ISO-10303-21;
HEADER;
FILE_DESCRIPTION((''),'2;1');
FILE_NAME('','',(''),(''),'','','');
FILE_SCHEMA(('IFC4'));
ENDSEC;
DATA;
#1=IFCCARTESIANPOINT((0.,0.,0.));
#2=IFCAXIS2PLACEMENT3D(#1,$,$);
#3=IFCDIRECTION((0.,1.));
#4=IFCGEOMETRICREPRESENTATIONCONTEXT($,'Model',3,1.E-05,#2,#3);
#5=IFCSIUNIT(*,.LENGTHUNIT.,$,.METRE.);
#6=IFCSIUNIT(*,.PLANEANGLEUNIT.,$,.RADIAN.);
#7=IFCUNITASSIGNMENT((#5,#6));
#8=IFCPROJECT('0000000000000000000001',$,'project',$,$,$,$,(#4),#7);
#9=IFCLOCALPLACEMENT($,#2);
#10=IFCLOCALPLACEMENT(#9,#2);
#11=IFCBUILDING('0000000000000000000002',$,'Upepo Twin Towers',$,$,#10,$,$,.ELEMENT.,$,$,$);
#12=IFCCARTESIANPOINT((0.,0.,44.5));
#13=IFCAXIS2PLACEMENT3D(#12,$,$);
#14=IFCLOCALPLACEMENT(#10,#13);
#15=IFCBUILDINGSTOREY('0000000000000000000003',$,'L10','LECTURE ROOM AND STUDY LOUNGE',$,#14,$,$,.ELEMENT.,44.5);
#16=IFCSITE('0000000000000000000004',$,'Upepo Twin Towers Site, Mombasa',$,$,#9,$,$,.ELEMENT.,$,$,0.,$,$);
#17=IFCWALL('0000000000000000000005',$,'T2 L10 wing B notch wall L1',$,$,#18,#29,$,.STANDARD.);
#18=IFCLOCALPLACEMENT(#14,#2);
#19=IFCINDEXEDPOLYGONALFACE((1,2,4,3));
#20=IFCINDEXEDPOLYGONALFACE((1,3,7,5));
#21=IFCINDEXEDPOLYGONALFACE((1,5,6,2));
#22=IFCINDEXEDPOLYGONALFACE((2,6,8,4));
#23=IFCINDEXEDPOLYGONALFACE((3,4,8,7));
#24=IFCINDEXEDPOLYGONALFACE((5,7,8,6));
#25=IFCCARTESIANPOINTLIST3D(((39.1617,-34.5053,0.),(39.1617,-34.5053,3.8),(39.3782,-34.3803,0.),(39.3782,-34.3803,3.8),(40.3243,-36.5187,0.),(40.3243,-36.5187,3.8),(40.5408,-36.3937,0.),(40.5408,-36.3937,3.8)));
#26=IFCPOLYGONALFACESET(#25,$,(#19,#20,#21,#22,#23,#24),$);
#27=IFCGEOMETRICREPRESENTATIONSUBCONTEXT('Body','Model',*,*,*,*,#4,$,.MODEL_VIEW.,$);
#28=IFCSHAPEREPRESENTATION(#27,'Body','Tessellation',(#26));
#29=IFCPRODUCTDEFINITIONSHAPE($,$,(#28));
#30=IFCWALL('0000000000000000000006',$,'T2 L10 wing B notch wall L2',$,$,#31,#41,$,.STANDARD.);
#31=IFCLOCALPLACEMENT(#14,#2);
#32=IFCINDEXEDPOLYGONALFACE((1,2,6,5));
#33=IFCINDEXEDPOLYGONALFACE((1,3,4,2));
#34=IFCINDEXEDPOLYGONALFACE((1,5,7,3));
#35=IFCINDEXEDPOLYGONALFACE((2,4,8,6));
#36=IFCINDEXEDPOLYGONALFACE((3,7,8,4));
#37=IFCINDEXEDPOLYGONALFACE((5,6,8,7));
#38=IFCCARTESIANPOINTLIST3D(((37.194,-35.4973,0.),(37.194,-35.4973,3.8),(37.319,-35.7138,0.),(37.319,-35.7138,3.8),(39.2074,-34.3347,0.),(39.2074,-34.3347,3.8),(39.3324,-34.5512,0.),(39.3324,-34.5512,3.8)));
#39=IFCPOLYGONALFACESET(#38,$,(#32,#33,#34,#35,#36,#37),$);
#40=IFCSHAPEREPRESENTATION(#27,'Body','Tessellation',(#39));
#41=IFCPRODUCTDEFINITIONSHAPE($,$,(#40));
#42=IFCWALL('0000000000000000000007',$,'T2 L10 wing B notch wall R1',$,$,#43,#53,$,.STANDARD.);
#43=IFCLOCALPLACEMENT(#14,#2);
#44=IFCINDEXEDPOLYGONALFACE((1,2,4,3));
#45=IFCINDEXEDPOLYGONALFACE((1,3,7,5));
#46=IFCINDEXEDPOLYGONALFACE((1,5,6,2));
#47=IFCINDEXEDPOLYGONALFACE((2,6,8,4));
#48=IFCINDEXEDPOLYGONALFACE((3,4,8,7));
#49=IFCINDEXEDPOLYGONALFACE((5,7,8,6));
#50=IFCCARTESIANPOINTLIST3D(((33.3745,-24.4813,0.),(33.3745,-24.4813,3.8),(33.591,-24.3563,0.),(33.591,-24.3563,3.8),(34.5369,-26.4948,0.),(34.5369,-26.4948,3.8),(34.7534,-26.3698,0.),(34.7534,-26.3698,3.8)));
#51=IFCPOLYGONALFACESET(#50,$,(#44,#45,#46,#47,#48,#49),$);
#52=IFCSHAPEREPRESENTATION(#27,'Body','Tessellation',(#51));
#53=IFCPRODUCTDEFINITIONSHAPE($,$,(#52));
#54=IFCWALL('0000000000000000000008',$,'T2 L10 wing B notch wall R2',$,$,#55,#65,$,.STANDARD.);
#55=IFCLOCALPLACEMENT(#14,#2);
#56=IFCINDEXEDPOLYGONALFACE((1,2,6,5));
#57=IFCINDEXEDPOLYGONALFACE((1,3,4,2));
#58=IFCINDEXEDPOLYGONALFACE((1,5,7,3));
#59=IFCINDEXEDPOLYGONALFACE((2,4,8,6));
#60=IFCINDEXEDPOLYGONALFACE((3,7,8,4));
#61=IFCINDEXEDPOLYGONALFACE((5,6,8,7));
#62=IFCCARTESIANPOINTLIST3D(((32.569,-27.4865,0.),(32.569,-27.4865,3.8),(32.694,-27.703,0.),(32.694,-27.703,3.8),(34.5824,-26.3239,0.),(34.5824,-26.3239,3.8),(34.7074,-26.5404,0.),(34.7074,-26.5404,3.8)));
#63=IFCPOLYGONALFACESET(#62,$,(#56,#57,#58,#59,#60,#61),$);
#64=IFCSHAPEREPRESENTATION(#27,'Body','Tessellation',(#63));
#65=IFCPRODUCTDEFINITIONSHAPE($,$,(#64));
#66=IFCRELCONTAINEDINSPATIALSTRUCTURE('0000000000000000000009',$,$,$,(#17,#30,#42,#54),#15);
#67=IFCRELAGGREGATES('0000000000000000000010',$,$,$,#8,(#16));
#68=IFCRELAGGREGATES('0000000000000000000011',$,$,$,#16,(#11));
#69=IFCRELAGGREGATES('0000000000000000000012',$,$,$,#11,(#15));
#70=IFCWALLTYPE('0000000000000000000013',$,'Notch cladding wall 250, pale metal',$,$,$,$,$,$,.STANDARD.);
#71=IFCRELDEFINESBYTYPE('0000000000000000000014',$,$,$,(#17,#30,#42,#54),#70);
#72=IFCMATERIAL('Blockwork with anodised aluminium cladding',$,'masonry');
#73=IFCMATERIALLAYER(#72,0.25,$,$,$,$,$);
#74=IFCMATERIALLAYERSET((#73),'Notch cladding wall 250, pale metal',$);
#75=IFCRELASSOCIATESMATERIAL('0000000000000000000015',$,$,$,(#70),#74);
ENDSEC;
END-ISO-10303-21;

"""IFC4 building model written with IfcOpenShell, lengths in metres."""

from ifc_helpers import new_model, si_unit, direction, frame, frame_2d, origin, place, context, subcontext, project, spatial, rectangle, extrude, material, layer, layer_set, type_object, element, save


model = new_model("IFC4")

# Units and contexts
model_context = context("Model", 3, precision=1e-05, world=origin(), true_north=direction((0.0, 1.0)))
body_context = subcontext(model_context, "Body", "Model", "MODEL_VIEW")
ifc_project = project(units=[si_unit("LENGTHUNIT", "METRE"), si_unit("PLANEANGLEUNIT", "RADIAN")], contexts=[model_context])

# Site, building, storey
site_placement = place(None, origin())
site = spatial("IfcSite", under=ifc_project, at=site_placement, Name="Upepo Twin Towers Site, Mombasa", CompositionType="ELEMENT", RefElevation=0.0)
building_placement = place(site_placement, origin())
building = spatial("IfcBuilding", under=site, at=building_placement, Name="Upepo Twin Towers", CompositionType="ELEMENT")
storey_placement = place(building_placement, frame((0.0, 0.0, 44.5)))
storey = spatial("IfcBuildingStorey", under=building, at=storey_placement, Name="L10", Description="LECTURE ROOM AND STUDY LOUNGE", CompositionType="ELEMENT", Elevation=44.5)

# Walls
ifc_material_1 = material(Name="Blockwork with anodised aluminium cladding", Category="masonry")
ifc_layer_1 = layer(ifc_material_1, 0.25)
ifc_layer_set_1 = layer_set([ifc_layer_1], Name="Notch cladding wall 250, pale metal")
wall_type_1 = type_object("IfcWallType", Name="Notch cladding wall 250, pale metal", PredefinedType="STANDARD", material=ifc_layer_set_1)
for number, where, z_axis, x_axis, name in (
    (1, (40.4326, -36.4563, 0.0), (0.0, 0.0, 1.0), (-0.500047, 0.865998, 0.0), "T2 L10 wing B notch wall L1"),
    (2, (39.27, -34.4429, 0.0), (0.0, 0.0, 1.0), (-0.865998, -0.500047, 0.0), "T2 L10 wing B notch wall L2"),
    (3, (33.4827, -24.4187, 0.0), (0.0, 0.0, 1.0), (0.499968, -0.866044, 0.0), "T2 L10 wing B notch wall R1"),
    (4, (34.645, -26.4321, 0.0), (0.0, 0.0, 1.0), (-0.865998, -0.500047, 0.0), "T2 L10 wing B notch wall R2"),
):
    element("IfcWall", number, at=place(storey_placement, frame(where, z_axis=z_axis, x_axis=x_axis)), inside=storey, type_object=wall_type_1, Name=name, PredefinedType="STANDARD", context=body_context, shape_type="SweptSolid", body=[
        extrude(rectangle(XDim=2.325, YDim=0.25, at=frame_2d((1.1626, 0.0))), origin(), (0.0, 0.0, 1.0), 3.8),
    ])

save(model, "model.ifc")
